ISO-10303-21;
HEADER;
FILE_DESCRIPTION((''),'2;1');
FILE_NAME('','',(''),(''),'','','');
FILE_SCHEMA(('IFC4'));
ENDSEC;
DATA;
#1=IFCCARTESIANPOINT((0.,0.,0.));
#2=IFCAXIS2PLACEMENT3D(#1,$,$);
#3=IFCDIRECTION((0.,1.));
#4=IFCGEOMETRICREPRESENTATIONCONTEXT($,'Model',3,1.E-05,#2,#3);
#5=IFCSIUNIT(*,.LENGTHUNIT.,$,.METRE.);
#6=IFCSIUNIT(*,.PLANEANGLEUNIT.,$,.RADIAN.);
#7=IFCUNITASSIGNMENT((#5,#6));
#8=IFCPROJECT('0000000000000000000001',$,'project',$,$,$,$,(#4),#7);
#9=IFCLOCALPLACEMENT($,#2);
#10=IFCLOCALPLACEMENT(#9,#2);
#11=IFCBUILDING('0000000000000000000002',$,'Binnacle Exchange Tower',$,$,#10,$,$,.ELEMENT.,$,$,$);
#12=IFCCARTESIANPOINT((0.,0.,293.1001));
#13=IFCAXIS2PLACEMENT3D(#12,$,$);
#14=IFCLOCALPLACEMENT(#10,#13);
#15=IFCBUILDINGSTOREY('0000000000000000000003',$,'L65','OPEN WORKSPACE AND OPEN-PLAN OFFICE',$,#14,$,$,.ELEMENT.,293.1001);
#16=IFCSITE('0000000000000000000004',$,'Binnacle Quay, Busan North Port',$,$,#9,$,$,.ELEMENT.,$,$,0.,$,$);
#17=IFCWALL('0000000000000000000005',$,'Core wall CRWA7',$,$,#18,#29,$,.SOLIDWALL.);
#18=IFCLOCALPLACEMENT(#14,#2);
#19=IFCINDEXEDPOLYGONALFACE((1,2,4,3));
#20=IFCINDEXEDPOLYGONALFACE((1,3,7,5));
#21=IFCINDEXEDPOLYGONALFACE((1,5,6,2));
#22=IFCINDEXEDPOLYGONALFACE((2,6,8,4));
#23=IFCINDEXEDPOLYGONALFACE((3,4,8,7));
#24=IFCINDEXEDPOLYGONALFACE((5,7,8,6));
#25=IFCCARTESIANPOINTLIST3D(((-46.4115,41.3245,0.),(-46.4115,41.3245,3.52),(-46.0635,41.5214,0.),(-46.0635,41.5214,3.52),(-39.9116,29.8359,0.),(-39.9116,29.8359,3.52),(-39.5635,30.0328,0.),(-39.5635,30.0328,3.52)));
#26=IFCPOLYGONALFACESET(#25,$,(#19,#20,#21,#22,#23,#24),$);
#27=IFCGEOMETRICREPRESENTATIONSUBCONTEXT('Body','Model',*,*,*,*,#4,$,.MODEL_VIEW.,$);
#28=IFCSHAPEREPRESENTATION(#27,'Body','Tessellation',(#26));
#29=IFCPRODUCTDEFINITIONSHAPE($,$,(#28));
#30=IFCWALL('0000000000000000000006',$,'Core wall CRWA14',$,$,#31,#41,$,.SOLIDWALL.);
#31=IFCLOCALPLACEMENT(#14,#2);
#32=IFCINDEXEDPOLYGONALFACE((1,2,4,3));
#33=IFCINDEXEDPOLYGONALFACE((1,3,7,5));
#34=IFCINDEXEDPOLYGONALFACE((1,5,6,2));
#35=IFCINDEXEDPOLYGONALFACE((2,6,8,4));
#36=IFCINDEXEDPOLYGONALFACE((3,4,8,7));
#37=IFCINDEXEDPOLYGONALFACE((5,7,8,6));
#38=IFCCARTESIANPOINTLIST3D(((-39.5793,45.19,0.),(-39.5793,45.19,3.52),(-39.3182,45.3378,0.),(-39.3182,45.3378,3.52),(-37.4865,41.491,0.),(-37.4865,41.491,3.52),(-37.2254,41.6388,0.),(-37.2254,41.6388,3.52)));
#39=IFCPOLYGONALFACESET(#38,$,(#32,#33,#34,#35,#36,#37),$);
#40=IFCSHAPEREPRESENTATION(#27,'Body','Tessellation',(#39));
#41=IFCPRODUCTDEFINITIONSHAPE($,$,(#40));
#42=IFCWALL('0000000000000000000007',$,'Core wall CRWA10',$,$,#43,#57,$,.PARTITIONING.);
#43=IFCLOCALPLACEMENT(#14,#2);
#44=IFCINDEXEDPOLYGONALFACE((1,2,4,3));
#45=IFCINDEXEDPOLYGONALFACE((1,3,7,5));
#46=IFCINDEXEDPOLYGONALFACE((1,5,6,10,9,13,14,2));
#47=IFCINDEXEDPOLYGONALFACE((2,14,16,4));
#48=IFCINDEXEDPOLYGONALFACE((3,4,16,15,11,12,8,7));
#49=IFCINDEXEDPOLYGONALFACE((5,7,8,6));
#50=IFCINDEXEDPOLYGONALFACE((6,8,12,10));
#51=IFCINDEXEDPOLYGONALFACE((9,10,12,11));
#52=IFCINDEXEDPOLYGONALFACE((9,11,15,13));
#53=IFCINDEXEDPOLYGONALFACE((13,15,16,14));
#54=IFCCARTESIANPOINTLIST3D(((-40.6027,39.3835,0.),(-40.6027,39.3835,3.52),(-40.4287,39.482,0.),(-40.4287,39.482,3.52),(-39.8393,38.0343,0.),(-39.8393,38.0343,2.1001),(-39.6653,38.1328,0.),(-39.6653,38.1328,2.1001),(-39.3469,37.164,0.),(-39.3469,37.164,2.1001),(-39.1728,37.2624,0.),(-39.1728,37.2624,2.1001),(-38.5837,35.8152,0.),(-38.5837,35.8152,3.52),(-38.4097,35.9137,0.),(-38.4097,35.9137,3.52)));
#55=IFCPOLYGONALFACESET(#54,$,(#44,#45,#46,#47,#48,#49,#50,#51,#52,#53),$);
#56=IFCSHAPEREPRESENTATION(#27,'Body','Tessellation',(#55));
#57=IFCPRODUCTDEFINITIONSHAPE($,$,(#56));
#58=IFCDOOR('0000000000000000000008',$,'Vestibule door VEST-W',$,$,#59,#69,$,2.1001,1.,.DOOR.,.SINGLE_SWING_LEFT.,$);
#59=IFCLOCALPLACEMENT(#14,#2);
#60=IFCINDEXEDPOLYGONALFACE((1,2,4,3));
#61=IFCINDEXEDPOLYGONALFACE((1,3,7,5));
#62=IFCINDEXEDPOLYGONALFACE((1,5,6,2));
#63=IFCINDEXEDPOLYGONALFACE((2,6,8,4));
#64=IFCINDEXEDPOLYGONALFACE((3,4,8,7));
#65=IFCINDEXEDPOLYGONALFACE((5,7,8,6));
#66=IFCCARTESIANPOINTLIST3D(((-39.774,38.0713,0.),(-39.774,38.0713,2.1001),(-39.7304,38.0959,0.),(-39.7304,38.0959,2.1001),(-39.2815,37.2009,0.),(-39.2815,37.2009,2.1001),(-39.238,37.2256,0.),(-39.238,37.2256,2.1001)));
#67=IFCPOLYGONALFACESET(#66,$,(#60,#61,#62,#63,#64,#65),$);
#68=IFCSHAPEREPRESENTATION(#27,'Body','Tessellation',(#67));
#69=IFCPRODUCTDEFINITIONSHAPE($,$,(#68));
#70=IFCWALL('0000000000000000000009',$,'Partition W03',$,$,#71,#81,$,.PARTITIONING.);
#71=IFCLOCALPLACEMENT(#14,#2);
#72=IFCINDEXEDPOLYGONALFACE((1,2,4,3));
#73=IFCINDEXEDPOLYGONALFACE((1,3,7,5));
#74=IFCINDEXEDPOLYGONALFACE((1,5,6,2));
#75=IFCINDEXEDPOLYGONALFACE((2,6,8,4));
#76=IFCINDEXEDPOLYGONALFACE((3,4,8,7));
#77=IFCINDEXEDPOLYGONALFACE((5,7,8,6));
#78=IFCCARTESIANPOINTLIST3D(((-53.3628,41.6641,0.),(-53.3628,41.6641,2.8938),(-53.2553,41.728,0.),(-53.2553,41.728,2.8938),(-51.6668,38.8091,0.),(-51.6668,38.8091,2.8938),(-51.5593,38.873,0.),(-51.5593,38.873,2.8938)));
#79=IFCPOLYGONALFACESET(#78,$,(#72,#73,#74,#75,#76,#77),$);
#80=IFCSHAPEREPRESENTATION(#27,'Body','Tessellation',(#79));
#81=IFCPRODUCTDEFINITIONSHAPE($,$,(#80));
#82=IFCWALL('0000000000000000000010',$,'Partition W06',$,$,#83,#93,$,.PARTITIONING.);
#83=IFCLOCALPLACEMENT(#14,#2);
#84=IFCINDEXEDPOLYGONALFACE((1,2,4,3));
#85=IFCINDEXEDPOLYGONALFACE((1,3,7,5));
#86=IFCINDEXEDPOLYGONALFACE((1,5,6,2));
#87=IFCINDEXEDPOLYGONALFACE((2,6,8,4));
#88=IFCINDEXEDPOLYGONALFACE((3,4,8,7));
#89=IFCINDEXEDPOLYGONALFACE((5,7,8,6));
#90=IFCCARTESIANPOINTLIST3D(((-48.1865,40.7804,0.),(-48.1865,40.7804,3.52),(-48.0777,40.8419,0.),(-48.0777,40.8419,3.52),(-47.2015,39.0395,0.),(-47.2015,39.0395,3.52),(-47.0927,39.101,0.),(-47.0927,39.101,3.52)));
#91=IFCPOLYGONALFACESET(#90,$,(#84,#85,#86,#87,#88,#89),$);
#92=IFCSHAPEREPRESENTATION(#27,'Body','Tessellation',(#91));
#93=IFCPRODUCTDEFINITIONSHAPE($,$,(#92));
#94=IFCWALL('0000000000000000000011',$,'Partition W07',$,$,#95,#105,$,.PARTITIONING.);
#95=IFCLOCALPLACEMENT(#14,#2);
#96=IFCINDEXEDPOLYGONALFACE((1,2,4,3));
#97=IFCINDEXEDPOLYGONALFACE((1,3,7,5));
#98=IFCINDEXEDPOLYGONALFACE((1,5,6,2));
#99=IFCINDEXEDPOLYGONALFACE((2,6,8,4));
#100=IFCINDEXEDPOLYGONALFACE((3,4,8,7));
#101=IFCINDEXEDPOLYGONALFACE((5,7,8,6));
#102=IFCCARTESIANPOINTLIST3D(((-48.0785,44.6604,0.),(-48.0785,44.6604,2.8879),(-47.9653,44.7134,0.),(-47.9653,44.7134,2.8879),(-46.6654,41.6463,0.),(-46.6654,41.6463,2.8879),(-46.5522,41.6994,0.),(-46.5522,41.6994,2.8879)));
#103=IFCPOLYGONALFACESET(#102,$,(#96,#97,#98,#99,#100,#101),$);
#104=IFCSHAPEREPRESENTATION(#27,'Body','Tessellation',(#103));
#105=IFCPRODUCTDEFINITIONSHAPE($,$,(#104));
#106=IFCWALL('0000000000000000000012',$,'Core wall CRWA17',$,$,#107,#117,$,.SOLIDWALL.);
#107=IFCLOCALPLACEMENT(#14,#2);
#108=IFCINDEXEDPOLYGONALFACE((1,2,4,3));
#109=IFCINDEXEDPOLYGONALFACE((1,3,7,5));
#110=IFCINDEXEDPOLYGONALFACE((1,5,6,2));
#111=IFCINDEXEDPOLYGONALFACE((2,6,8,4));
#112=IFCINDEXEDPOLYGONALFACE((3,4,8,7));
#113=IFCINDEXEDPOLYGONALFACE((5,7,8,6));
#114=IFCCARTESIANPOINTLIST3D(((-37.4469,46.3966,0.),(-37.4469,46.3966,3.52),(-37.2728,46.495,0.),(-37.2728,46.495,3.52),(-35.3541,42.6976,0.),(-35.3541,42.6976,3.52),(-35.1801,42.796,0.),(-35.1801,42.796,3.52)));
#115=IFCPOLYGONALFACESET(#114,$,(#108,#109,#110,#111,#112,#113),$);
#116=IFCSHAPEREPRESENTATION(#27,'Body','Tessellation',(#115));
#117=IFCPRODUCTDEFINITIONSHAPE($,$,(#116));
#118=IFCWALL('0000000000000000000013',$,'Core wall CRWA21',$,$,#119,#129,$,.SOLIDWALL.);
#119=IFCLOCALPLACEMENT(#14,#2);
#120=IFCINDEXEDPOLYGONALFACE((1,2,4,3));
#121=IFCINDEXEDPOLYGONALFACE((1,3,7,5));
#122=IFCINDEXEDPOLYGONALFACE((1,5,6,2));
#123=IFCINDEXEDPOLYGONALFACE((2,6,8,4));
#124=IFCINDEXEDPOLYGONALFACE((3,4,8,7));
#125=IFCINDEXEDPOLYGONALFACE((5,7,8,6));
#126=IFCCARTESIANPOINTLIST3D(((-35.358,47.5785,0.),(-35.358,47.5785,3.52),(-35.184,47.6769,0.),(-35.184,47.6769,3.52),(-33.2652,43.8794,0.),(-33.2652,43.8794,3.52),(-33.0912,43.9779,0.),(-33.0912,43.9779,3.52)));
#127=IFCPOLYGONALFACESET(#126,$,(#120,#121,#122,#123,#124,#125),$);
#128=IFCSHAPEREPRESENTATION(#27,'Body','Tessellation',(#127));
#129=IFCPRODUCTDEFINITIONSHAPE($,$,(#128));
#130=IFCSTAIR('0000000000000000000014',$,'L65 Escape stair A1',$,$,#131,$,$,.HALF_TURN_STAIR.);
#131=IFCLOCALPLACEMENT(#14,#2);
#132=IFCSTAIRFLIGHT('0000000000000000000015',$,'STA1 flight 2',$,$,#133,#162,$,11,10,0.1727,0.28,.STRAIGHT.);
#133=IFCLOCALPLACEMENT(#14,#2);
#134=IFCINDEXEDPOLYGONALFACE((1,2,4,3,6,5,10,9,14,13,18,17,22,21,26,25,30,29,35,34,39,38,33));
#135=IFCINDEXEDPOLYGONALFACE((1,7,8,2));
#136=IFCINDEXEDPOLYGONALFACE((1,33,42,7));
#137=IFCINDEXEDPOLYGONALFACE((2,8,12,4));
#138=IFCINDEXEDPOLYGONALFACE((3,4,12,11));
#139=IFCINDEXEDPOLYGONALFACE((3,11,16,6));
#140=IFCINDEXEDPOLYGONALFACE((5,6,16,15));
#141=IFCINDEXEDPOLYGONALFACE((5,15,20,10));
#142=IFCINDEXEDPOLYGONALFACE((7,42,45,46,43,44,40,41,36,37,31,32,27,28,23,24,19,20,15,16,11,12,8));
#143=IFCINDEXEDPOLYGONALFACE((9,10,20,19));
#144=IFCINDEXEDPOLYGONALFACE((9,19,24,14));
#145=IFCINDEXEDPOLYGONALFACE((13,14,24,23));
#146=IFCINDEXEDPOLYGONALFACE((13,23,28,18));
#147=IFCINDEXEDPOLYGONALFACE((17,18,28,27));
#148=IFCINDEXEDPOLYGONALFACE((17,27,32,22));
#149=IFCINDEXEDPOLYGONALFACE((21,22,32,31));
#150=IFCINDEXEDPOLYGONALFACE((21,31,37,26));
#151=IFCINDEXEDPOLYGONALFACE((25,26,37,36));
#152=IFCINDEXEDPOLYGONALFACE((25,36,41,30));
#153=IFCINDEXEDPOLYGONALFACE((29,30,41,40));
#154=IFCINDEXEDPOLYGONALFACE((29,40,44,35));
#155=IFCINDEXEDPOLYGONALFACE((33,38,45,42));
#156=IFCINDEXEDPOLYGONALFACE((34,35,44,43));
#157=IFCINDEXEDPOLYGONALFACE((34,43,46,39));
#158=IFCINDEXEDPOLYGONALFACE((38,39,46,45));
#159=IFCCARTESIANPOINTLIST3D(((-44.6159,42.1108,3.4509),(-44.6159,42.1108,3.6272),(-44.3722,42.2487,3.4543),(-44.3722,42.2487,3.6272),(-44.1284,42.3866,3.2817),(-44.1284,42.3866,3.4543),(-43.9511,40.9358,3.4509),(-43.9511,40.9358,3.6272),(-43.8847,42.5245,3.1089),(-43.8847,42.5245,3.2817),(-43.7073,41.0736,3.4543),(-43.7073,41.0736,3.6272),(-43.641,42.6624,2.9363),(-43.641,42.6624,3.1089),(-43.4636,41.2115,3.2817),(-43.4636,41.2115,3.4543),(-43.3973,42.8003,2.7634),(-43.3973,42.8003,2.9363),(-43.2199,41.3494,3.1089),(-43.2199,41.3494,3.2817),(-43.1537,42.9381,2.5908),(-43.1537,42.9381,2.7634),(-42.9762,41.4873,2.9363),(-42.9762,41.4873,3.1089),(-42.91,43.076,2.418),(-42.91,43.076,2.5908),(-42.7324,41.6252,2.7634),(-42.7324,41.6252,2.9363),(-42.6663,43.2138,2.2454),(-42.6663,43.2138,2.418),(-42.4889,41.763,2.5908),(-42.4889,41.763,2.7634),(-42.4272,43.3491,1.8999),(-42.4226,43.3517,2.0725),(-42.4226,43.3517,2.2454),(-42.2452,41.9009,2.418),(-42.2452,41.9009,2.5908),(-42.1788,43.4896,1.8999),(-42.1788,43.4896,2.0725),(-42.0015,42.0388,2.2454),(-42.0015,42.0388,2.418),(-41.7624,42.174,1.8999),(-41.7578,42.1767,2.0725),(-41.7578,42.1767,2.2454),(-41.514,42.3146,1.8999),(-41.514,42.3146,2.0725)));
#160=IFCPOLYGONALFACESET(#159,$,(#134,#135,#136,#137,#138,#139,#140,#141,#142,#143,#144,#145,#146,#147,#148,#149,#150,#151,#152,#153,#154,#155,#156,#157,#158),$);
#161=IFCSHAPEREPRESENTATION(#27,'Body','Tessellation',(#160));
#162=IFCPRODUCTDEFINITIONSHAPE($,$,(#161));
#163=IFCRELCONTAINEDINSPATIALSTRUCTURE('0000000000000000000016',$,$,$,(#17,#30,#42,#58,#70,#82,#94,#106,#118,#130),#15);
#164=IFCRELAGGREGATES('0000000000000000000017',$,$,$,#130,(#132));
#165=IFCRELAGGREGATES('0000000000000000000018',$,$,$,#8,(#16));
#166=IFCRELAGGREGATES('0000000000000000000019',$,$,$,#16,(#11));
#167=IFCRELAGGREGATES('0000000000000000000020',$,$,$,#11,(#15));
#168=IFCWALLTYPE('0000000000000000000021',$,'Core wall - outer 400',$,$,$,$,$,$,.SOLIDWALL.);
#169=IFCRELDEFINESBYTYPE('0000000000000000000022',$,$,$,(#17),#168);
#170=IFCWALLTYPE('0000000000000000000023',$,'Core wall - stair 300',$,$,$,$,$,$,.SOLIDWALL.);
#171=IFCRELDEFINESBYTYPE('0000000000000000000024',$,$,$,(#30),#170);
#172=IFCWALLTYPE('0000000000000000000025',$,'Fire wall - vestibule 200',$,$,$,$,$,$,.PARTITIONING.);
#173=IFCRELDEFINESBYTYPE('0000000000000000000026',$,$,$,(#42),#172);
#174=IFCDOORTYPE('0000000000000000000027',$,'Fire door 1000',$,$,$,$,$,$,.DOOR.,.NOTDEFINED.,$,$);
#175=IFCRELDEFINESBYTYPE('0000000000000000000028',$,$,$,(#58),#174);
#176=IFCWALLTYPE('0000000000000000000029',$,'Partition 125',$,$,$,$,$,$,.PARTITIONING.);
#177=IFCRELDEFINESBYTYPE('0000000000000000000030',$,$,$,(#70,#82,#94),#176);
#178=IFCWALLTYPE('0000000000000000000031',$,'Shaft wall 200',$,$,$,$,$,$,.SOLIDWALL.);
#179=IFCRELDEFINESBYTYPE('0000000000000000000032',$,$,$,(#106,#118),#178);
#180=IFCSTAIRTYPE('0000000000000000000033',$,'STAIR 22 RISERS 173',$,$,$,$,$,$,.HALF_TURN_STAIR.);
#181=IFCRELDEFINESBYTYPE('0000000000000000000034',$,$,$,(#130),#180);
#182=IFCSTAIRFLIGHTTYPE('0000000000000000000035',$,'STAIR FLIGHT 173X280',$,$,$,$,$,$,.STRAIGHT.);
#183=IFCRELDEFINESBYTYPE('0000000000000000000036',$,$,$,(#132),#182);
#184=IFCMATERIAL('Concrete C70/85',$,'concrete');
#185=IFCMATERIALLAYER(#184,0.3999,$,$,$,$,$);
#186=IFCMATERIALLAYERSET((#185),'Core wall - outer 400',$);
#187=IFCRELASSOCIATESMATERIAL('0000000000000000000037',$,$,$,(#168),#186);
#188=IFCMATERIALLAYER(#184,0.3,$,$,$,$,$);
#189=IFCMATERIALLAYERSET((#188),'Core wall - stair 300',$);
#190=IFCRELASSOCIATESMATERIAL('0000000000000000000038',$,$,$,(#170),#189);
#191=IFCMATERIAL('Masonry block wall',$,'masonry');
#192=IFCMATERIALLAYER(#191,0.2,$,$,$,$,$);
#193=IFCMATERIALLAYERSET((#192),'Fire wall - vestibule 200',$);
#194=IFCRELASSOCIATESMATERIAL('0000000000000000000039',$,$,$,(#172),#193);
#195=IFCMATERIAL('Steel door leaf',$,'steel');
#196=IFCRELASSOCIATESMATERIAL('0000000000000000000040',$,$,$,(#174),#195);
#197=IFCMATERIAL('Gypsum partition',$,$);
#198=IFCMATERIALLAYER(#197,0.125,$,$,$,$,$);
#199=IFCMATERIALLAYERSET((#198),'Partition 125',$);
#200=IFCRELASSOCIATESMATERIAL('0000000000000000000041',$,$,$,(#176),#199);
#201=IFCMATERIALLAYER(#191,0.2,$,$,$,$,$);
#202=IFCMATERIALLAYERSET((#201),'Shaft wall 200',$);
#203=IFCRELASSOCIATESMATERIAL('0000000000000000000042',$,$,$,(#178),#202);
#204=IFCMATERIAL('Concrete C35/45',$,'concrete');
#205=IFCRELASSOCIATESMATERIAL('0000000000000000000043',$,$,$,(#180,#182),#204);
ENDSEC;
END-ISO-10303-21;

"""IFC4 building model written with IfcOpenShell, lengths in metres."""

from ifc_helpers import new_model, si_unit, direction, frame, frame_2d, origin, place, context, subcontext, project, spatial, polyline, rectangle, outline, extrude, material, layer, layer_set, type_object, element, fill, aggregate, save


model = new_model("IFC4")

# Units and contexts
model_context = context("Model", 3, precision=1e-05, world=origin(), true_north=direction((0.0, 1.0)))
body_context = subcontext(model_context, "Body", "Model", "MODEL_VIEW")
ifc_project = project(units=[si_unit("LENGTHUNIT", "METRE"), si_unit("PLANEANGLEUNIT", "RADIAN")], contexts=[model_context])

# Site, building, storey
site_placement = place(None, origin())
site = spatial("IfcSite", under=ifc_project, at=site_placement, Name="Binnacle Quay, Busan North Port", CompositionType="ELEMENT", RefElevation=0.0)
building_placement = place(site_placement, origin())
building = spatial("IfcBuilding", under=site, at=building_placement, Name="Binnacle Exchange Tower", CompositionType="ELEMENT")
storey_placement = place(building_placement, frame((0.0, 0.0, 293.1001)))
storey = spatial("IfcBuildingStorey", under=building, at=storey_placement, Name="L65", Description="OPEN WORKSPACE AND OPEN-PLAN OFFICE", CompositionType="ELEMENT", Elevation=293.1001)

# Shared definitions
ifc_material_1 = material(Name="Concrete C70/85", Category="concrete")
ifc_material_2 = material(Name="Steel door leaf", Category="steel")

# Walls
ifc_layer_1 = layer(ifc_material_1, 0.3999)
ifc_layer_set_1 = layer_set([ifc_layer_1], Name="Core wall - outer 400")
wall_type_1 = type_object("IfcWallType", Name="Core wall - outer 400", PredefinedType="SOLIDWALL", material=ifc_layer_set_1)
wall_1_placement = place(storey_placement, frame((-46.2375, 41.4231, 0.0), z_axis=(0.0, 0.0, 1.0), x_axis=(0.492422, -0.870357, 0.0)))
element("IfcWall", 1, at=wall_1_placement, inside=storey, type_object=wall_type_1, Name="Core wall CRWA7", PredefinedType="SOLIDWALL", context=body_context, shape_type="SweptSolid", body=[
    extrude(rectangle(XDim=13.2, YDim=0.3999, at=frame_2d((6.6001, 0.0))), origin(), (0.0, 0.0, 1.0), 3.52),
])
ifc_layer_2 = layer(ifc_material_1, 0.3)
ifc_layer_set_2 = layer_set([ifc_layer_2], Name="Core wall - stair 300")
wall_type_2 = type_object("IfcWallType", Name="Core wall - stair 300", PredefinedType="SOLIDWALL", material=ifc_layer_set_2)
wall_2_placement = place(storey_placement, frame((-39.4487, 45.2639, 0.0), z_axis=(0.0, 0.0, 1.0), x_axis=(0.492423, -0.870356, 0.0)))
element("IfcWall", 2, at=wall_2_placement, inside=storey, type_object=wall_type_2, Name="Core wall CRWA14", PredefinedType="SOLIDWALL", context=body_context, shape_type="SweptSolid", body=[
    extrude(rectangle(XDim=4.25, YDim=0.3, at=frame_2d((2.125, 0.0))), origin(), (0.0, 0.0, 1.0), 3.52),
])

# Wall, opening, door
ifc_material_3 = material(Name="Masonry block wall", Category="masonry")
ifc_layer_3 = layer(ifc_material_3, 0.2)
ifc_layer_set_3 = layer_set([ifc_layer_3], Name="Fire wall - vestibule 200")
wall_type_3 = type_object("IfcWallType", Name="Fire wall - vestibule 200", PredefinedType="PARTITIONING", material=ifc_layer_set_3)
wall_3_placement = place(storey_placement, frame((-40.5156, 39.4326, 0.0), z_axis=(0.0, 0.0, 1.0), x_axis=(0.492454, -0.870339, 0.0)))
wall_3 = element("IfcWall", 3, at=wall_3_placement, inside=storey, type_object=wall_type_3, Name="Core wall CRWA10", PredefinedType="PARTITIONING", context=body_context, shape_type="SweptSolid", body=[
    extrude(rectangle(XDim=4.0999, YDim=0.2, at=frame_2d((2.0498, 0.0))), origin(), (0.0, 0.0, 1.0), 3.52),
])
opening_1_placement = place(wall_3_placement, frame((1.55, 0.0, 0.0)))
opening_1 = element("IfcOpeningElement", 4, at=opening_1_placement, cuts=wall_3, PredefinedType="OPENING", context=body_context, shape_type="SweptSolid", body=[
    extrude(rectangle(XDim=1.0, YDim=2.1001, at=frame_2d((0.5, 1.05))), frame((0.0, 0.1099, 0.0), z_axis=(0.0, -1.0, 0.0), x_axis=(1.0, 0.0, 0.0)), (0.0, 0.0, 1.0), 0.22),
])
door_type_1 = type_object("IfcDoorType", Name="Fire door 1000", OperationType="NOTDEFINED", PredefinedType="DOOR", material=ifc_material_2)
door_1_placement = place(opening_1_placement, frame((1.0, 0.0, 0.0), z_axis=(0.0, 0.0, 1.0), x_axis=(-1.0, 0.0, 0.0)))
door_1 = element("IfcDoor", 5, at=door_1_placement, inside=storey, type_object=door_type_1, Name="Vestibule door VEST-W", OperationType="SINGLE_SWING_LEFT", OverallHeight=2.1001, OverallWidth=1.0, PredefinedType="DOOR", context=body_context, shape_type="SweptSolid", body=[
    extrude(rectangle(XDim=1.0, YDim=2.1001, at=frame_2d((0.5, 1.05))), frame((0.0, 0.0249, 0.0), z_axis=(0.0, -1.0, 0.0), x_axis=(1.0, 0.0, 0.0)), (0.0, 0.0, 1.0), 0.05),
])
fill(opening_1, door_1)

# Walls
ifc_material_4 = material(Name="Gypsum partition")
ifc_layer_4 = layer(ifc_material_4, 0.125)
ifc_layer_set_4 = layer_set([ifc_layer_4], Name="Partition 125")
wall_type_4 = type_object("IfcWallType", Name="Partition 125", PredefinedType="PARTITIONING", material=ifc_layer_set_4)
wall_4_placement = place(storey_placement, frame((-53.3091, 41.696, 0.0), z_axis=(0.0, 0.0, 1.0), x_axis=(0.510739, -0.859736, 0.0)))
element("IfcWall", 6, at=wall_4_placement, inside=storey, type_object=wall_type_4, Name="Partition W03", PredefinedType="PARTITIONING", context=body_context, shape_type="SweptSolid", body=[
    extrude(rectangle(XDim=3.3208, YDim=0.125, at=frame_2d((1.6604, 0.0))), origin(), (0.0, 0.0, 1.0), 2.8938),
])
wall_5_placement = place(storey_placement, frame((-48.1321, 40.811, 0.0), z_axis=(0.0, 0.0, 1.0), x_axis=(0.492467, -0.870331, 0.0)))
element("IfcWall", 7, at=wall_5_placement, inside=storey, type_object=wall_type_4, Name="Partition W06", PredefinedType="PARTITIONING", context=body_context, shape_type="SweptSolid", body=[
    extrude(rectangle(XDim=2.0002, YDim=0.125, at=frame_2d((1.0, 0.0))), origin(), (0.0, 0.0, 1.0), 3.52),
])
wall_6_placement = place(storey_placement, frame((-48.022, 44.687, 0.0), z_axis=(0.0, 0.0, 1.0), x_axis=(0.424511, -0.905423, 0.0)))
element("IfcWall", 8, at=wall_6_placement, inside=storey, type_object=wall_type_4, Name="Partition W07", PredefinedType="PARTITIONING", context=body_context, shape_type="SweptSolid", body=[
    extrude(rectangle(XDim=3.3289, YDim=0.125, at=frame_2d((1.6646, 0.0))), origin(), (0.0, 0.0, 1.0), 2.8879),
])
ifc_layer_5 = layer(ifc_material_3, 0.2)
ifc_layer_set_5 = layer_set([ifc_layer_5], Name="Shaft wall 200")
wall_type_5 = type_object("IfcWallType", Name="Shaft wall 200", PredefinedType="SOLIDWALL", material=ifc_layer_set_5)
for number, where, z_axis, x_axis, name in (
    (9, (-37.3599, 46.4458, 0.0), (0.0, 0.0, 1.0), (0.492423, -0.870356, 0.0), "Core wall CRWA17"),
    (10, (-35.271, 47.6277, 0.0), (0.0, 0.0, 1.0), (0.492423, -0.870356, 0.0), "Core wall CRWA21"),
):
    element("IfcWall", number, at=place(storey_placement, frame(where, z_axis=z_axis, x_axis=x_axis)), inside=storey, type_object=wall_type_5, Name=name, PredefinedType="SOLIDWALL", context=body_context, shape_type="SweptSolid", body=[
        extrude(rectangle(XDim=4.25, YDim=0.2, at=frame_2d((2.125, 0.0))), origin(), (0.0, 0.0, 1.0), 3.52),
    ])

# Stair, stair flight
ifc_material_5 = material(Name="Concrete C35/45", Category="concrete")
stair_type = type_object("IfcStairType", Name="STAIR 22 RISERS 173", PredefinedType="HALF_TURN_STAIR", material=ifc_material_5)
stair_placement = place(storey_placement, origin())
stair = element("IfcStair", 11, at=stair_placement, inside=storey, type_object=stair_type, Name="L65 Escape stair A1", PredefinedType="HALF_TURN_STAIR")
stair_flight_type = type_object("IfcStairFlightType", Name="STAIR FLIGHT 173X280", PredefinedType="STRAIGHT", material=ifc_material_5)
stair_flight_placement = place(storey_placement, frame((-41.8464, 42.9021, 1.8999), z_axis=(0.0, 0.0, 1.0), x_axis=(-0.870356, -0.492424, 0.0)))
stair_flight = element("IfcStairFlight", 12, at=stair_flight_placement, type_object=stair_flight_type, Name="STA1 flight 2", NumberOfRisers=11, NumberOfTreads=10, PredefinedType="STRAIGHT", RiserHeight=0.1727, TreadLength=0.28, context=body_context, shape_type="SweptSolid", body=[
    extrude(outline(polyline([(0.0, 0.0), (0.0, 0.1726), (0.28, 0.1726), (0.28, 0.3455), (0.5601, 0.3455), (0.5601, 0.5181), (0.8401, 0.5181), (0.8401, 0.6909), (1.1201, 0.6909), (1.1201, 0.8635), (1.3999, 0.8635), (1.3999, 1.0364), (1.6799, 1.0364), (1.6799, 1.209), (1.96, 1.209), (1.96, 1.3818), (2.24, 1.3818), (2.24, 1.5544), (2.52, 1.5544), (2.52, 1.7273), (2.8, 1.7273), (2.8, 1.8999), (2.8, 1.551), (0.2854, 0.0), (0.0, 0.0)])), frame((0.0, 0.675, 0.0), z_axis=(0.0, -1.0, 0.0), x_axis=(1.0, 0.0, 0.0)), (0.0, 0.0, 1.0), 1.3501),
])
aggregate(stair, [stair_flight])

save(model, "model.ifc")
